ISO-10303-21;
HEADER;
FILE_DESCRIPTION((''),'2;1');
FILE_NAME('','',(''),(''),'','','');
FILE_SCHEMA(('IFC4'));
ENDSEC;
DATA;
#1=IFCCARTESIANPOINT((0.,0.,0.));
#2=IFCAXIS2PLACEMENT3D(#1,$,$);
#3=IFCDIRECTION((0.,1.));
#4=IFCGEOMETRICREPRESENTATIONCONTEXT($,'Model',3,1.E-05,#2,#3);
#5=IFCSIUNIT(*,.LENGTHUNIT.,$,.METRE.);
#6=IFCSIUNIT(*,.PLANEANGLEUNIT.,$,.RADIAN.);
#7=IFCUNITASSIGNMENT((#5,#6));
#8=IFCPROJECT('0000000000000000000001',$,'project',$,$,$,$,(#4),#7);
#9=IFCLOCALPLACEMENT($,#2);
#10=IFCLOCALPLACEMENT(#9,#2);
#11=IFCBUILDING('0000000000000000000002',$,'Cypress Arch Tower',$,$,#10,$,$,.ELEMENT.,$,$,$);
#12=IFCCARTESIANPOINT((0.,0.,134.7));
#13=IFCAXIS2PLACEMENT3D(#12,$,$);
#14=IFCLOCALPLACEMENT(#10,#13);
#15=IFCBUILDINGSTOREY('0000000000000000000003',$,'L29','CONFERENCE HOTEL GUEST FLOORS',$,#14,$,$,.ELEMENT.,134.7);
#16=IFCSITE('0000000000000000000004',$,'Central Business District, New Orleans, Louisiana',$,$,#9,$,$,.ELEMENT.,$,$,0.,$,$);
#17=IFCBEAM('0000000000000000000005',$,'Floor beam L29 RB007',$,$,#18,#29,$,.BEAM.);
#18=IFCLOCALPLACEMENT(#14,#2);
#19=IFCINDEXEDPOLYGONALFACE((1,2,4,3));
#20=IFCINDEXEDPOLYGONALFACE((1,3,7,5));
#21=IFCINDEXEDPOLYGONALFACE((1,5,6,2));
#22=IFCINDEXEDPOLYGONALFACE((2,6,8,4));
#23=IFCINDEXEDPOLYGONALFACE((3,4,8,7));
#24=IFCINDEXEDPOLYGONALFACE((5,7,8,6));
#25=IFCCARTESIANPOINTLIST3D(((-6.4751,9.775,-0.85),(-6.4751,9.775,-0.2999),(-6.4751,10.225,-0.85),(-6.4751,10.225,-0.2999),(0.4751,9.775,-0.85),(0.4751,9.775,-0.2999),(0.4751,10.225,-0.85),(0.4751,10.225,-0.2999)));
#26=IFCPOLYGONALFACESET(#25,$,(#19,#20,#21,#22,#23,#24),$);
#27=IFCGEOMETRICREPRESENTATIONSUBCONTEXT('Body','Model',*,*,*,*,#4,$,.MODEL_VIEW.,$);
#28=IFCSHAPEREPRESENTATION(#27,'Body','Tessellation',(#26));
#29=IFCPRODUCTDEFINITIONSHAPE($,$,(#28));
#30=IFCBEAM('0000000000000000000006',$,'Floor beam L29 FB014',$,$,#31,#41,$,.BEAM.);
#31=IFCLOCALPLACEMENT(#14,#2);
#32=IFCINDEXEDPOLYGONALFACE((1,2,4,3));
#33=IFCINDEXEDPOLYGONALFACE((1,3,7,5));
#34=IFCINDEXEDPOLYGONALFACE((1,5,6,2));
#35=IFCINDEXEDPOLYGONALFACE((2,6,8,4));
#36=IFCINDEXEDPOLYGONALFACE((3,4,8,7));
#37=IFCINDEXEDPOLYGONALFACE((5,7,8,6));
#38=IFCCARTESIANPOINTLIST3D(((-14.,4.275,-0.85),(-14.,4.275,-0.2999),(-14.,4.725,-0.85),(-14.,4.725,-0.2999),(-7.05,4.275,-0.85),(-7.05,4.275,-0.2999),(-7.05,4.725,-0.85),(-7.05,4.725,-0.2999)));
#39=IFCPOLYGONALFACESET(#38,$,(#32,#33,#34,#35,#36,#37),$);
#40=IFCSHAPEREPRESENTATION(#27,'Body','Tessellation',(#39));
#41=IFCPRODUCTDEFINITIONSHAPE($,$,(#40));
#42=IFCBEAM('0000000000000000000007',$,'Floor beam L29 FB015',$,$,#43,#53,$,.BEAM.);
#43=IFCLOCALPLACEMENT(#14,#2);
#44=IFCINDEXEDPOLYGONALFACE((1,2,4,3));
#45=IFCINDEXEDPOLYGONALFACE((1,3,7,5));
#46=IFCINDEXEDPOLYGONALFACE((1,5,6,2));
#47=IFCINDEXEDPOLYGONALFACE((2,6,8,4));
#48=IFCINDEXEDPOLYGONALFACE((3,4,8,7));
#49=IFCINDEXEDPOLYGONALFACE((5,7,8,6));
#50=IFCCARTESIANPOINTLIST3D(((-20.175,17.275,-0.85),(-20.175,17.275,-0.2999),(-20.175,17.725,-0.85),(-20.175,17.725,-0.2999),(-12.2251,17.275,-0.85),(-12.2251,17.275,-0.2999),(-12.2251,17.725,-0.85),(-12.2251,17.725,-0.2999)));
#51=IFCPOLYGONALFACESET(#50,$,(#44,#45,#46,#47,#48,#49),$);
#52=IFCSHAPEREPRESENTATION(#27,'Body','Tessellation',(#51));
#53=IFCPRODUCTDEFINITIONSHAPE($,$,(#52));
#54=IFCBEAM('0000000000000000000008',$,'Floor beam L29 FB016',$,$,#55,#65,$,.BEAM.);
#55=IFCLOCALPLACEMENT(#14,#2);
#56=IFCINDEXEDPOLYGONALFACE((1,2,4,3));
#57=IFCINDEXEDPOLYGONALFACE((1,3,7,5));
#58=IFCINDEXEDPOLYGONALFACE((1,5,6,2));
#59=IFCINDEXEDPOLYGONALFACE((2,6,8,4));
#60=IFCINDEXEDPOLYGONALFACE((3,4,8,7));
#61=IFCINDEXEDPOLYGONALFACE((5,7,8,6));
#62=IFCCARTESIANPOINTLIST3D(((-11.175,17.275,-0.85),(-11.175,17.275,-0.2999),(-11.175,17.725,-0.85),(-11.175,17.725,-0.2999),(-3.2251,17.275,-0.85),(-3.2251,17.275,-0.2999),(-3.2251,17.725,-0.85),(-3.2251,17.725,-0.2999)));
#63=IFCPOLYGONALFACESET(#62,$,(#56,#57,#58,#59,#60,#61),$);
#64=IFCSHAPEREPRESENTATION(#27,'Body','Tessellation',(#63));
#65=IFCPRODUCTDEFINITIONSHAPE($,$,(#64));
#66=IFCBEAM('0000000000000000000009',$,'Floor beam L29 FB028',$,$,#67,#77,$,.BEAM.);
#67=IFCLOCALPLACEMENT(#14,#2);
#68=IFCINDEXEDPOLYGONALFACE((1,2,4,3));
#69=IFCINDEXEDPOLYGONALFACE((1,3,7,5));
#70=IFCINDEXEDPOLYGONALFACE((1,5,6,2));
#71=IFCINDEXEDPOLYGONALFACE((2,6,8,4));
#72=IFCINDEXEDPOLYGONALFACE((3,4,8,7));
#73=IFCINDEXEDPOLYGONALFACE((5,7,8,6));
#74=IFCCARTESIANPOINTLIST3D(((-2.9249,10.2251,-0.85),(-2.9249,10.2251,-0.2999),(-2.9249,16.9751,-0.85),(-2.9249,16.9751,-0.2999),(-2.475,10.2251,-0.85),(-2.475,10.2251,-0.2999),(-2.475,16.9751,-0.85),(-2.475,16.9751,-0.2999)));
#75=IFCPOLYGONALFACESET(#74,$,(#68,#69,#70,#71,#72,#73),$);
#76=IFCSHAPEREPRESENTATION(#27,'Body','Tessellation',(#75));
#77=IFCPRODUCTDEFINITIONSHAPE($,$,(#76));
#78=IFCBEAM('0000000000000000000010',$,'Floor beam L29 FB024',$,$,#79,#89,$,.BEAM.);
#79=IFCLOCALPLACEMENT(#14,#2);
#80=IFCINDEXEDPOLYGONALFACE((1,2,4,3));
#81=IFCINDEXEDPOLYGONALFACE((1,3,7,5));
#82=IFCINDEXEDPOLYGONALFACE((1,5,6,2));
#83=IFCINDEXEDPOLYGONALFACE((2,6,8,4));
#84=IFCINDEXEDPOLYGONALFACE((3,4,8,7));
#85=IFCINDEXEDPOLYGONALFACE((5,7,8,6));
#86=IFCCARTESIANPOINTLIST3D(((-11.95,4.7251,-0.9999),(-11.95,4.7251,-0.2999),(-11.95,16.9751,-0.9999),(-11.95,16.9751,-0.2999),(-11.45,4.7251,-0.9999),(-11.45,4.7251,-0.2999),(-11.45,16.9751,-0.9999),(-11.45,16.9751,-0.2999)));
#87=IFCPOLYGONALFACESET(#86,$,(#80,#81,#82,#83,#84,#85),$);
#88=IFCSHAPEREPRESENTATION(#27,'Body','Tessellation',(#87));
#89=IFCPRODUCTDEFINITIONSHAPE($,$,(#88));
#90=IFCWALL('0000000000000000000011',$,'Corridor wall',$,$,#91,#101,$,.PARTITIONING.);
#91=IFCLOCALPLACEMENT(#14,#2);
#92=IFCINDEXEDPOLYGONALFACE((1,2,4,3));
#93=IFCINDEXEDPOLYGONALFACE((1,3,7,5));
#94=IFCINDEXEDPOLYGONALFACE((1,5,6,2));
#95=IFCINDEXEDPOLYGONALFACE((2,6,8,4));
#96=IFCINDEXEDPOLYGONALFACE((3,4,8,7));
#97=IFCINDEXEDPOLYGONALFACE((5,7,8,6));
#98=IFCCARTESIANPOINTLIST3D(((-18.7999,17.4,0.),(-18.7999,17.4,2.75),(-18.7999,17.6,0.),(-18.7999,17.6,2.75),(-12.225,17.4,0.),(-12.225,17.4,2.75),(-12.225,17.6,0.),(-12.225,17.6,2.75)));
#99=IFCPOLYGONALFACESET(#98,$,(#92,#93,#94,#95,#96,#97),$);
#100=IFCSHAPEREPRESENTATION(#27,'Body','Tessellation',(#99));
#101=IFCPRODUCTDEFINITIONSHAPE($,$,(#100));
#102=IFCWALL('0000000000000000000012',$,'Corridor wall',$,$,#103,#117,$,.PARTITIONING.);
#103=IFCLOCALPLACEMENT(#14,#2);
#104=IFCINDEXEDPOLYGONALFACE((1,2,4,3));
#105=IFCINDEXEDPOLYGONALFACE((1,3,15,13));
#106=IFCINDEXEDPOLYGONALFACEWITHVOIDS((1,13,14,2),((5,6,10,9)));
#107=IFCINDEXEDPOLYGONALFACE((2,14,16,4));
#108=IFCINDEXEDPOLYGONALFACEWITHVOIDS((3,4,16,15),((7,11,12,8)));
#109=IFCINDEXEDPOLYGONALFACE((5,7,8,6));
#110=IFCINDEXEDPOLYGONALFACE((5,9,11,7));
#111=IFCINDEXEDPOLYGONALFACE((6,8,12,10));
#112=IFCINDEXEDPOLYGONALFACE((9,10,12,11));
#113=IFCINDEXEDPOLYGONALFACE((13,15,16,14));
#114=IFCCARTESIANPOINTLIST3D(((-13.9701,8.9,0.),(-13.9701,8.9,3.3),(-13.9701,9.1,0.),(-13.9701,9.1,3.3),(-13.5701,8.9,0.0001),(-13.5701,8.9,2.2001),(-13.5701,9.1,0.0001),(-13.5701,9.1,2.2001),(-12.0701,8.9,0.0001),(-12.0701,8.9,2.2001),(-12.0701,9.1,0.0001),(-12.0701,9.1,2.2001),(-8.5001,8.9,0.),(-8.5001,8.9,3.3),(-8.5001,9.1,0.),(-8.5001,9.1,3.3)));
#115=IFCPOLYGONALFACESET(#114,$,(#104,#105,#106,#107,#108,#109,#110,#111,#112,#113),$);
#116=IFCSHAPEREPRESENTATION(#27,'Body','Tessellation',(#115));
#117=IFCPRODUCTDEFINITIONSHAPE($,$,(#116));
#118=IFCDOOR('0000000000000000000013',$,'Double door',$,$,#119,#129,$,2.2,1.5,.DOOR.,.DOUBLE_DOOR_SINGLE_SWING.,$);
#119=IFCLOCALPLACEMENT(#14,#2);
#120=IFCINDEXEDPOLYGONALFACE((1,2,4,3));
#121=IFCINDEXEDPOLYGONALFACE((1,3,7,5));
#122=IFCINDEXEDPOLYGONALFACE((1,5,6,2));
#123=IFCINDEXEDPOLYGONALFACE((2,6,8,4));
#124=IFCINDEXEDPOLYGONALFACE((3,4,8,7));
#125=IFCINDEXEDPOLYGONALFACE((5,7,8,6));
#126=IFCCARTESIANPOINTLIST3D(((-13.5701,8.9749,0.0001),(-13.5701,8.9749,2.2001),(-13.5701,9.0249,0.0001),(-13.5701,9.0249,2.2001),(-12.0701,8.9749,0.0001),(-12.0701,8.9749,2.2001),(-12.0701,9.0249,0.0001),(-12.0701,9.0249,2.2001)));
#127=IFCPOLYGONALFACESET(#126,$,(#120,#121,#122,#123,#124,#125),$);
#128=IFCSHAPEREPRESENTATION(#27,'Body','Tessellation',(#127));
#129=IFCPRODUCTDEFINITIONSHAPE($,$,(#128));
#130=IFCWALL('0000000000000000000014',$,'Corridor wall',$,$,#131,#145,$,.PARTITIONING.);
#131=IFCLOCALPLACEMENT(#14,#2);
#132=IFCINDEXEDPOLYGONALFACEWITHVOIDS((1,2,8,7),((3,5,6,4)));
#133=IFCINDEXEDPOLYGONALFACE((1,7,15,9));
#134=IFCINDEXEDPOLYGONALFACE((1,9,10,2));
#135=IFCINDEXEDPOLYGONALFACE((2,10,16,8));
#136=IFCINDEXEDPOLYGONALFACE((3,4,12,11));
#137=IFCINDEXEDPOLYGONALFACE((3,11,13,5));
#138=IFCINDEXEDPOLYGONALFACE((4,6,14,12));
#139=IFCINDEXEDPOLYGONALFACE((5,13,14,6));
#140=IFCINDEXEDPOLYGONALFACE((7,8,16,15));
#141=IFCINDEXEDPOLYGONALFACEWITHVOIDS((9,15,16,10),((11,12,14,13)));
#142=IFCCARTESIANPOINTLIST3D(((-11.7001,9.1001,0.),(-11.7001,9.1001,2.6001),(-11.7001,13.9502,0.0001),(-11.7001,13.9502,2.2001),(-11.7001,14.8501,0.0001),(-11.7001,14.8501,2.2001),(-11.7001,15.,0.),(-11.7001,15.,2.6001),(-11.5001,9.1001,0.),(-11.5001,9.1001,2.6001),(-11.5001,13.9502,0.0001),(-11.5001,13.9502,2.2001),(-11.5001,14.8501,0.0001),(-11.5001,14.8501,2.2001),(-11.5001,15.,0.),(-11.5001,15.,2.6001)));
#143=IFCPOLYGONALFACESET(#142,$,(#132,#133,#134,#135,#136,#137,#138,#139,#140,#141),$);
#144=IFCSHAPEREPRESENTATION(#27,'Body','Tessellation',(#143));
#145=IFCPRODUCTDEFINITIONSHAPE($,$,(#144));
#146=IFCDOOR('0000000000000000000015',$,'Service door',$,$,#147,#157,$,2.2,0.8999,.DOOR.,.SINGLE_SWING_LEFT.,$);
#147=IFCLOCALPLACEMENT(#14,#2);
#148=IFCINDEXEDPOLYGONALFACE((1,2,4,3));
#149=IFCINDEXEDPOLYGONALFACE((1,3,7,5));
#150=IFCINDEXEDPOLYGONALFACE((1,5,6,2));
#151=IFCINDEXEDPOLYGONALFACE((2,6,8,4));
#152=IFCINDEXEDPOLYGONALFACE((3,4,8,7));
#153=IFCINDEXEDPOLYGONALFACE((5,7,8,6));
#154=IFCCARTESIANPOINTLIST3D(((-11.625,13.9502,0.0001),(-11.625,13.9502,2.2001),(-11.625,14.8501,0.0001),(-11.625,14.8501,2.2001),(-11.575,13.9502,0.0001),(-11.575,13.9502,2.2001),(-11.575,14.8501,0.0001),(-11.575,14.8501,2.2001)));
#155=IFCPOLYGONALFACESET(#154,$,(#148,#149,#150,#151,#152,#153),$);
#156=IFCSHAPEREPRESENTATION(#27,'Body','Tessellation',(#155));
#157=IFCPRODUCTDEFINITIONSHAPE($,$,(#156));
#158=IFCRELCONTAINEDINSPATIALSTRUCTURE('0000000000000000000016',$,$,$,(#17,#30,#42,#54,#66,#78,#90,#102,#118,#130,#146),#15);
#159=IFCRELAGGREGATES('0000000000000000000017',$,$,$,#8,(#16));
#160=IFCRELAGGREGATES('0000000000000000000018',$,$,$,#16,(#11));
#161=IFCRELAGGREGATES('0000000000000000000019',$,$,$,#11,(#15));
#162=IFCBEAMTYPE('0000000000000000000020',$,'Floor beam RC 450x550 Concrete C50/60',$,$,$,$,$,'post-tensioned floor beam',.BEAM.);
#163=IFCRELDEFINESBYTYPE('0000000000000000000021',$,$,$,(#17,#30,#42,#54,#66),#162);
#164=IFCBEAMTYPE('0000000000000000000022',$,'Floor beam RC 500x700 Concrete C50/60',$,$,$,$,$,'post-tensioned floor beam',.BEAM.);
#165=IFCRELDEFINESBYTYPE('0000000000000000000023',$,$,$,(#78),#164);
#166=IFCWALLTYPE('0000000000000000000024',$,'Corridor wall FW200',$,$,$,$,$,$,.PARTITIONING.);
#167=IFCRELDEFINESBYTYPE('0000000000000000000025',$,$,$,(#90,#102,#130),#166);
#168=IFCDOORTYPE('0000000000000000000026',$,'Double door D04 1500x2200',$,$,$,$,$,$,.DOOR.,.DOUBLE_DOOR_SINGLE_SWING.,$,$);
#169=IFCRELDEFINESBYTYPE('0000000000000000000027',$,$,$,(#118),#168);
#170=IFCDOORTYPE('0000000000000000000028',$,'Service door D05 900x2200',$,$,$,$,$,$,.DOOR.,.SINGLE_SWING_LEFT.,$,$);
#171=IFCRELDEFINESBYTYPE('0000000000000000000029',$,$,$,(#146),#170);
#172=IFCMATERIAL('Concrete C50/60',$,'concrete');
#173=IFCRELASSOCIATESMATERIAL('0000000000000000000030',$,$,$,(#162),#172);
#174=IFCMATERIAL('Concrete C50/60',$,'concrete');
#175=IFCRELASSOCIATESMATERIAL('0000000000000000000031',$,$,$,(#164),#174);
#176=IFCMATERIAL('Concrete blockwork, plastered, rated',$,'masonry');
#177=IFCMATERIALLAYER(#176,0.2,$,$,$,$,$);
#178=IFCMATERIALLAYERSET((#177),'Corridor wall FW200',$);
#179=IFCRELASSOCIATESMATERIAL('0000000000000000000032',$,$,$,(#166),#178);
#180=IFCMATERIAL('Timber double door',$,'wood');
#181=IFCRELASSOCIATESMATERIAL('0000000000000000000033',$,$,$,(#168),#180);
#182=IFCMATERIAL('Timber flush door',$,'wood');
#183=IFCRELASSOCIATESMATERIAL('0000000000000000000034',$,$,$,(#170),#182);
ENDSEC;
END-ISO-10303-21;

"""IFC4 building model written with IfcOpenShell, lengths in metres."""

from ifc_helpers import new_model, si_unit, direction, frame, frame_2d, origin, origin_2d, place, context, subcontext, project, spatial, rectangle, extrude, material, layer, layer_set, material_profile, profile_set, type_object, element, fill, save


model = new_model("IFC4")

# Units and contexts
model_context = context("Model", 3, precision=1e-05, world=origin(), true_north=direction((0.0, 1.0)))
body_context = subcontext(model_context, "Body", "Model", "MODEL_VIEW")
ifc_project = project(units=[si_unit("LENGTHUNIT", "METRE"), si_unit("PLANEANGLEUNIT", "RADIAN")], contexts=[model_context])

# Site, building, storey
site_placement = place(None, origin())
site = spatial("IfcSite", under=ifc_project, at=site_placement, Name="Central Business District, New Orleans, Louisiana", CompositionType="ELEMENT", RefElevation=0.0)
building_placement = place(site_placement, origin())
building = spatial("IfcBuilding", under=site, at=building_placement, Name="Cypress Arch Tower", CompositionType="ELEMENT")
storey_placement = place(building_placement, frame((0.0, 0.0, 134.7)))
storey = spatial("IfcBuildingStorey", under=building, at=storey_placement, Name="L29", Description="CONFERENCE HOTEL GUEST FLOORS", CompositionType="ELEMENT", Elevation=134.7)

# Beams
ifc_material_1 = material(Name="Concrete C50/60", Category="concrete")
ifc_material_profile_1 = material_profile(ifc_material_1, rectangle(XDim=0.45, YDim=0.55, at=origin_2d()), Name="RC 450x550")
ifc_profile_set_1 = profile_set([ifc_material_profile_1], Name="Concrete C50/60")
beam_type_1 = type_object("IfcBeamType", Name="Floor beam RC 450x550 Concrete C50/60", ElementType="post-tensioned floor beam", PredefinedType="BEAM", material=ifc_profile_set_1)
beam_1_placement = place(storey_placement, frame((-6.4751, 10.0, -0.575), z_axis=(1.0, 0.0, 0.0), x_axis=(0.0, 1.0, 0.0)))
element("IfcBeam", 1, at=beam_1_placement, inside=storey, type_object=beam_type_1, Name="Floor beam L29 RB007", PredefinedType="BEAM", context=body_context, shape_type="SweptSolid", body=[
    extrude(rectangle(XDim=0.45, YDim=0.55, at=origin_2d()), origin(), (0.0, 0.0, 1.0), 6.9502),
])
beam_2_placement = place(storey_placement, frame((-14.0, 4.5, -0.575), z_axis=(1.0, 0.0, 0.0), x_axis=(0.0, 1.0, 0.0)))
element("IfcBeam", 2, at=beam_2_placement, inside=storey, type_object=beam_type_1, Name="Floor beam L29 FB014", PredefinedType="BEAM", context=body_context, shape_type="SweptSolid", body=[
    extrude(rectangle(XDim=0.45, YDim=0.55, at=origin_2d()), origin(), (0.0, 0.0, 1.0), 6.95),
])
for number, where, z_axis, x_axis, name in (
    (3, (-20.175, 17.5, -0.575), (1.0, 0.0, 0.0), (0.0, 1.0, 0.0), "Floor beam L29 FB015"),
    (4, (-11.175, 17.5, -0.575), (1.0, 0.0, 0.0), (0.0, 1.0, 0.0), "Floor beam L29 FB016"),
):
    element("IfcBeam", number, at=place(storey_placement, frame(where, z_axis=z_axis, x_axis=x_axis)), inside=storey, type_object=beam_type_1, Name=name, PredefinedType="BEAM", context=body_context, shape_type="SweptSolid", body=[
        extrude(rectangle(XDim=0.45, YDim=0.55, at=origin_2d()), origin(), (0.0, 0.0, 1.0), 7.95),
    ])
beam_3_placement = place(storey_placement, frame((-2.7, 10.2251, -0.575), z_axis=(0.0, 1.0, 0.0), x_axis=(-1.0, 0.0, 0.0)))
element("IfcBeam", 5, at=beam_3_placement, inside=storey, type_object=beam_type_1, Name="Floor beam L29 FB028", PredefinedType="BEAM", context=body_context, shape_type="SweptSolid", body=[
    extrude(rectangle(XDim=0.45, YDim=0.55, at=origin_2d()), origin(), (0.0, 0.0, 1.0), 6.75),
])
ifc_material_2 = material(Name="Concrete C50/60", Category="concrete")
ifc_material_profile_2 = material_profile(ifc_material_2, rectangle(XDim=0.5, YDim=0.7, at=origin_2d()), Name="RC 500x700")
ifc_profile_set_2 = profile_set([ifc_material_profile_2], Name="Concrete C50/60")
beam_type_2 = type_object("IfcBeamType", Name="Floor beam RC 500x700 Concrete C50/60", ElementType="post-tensioned floor beam", PredefinedType="BEAM", material=ifc_profile_set_2)
beam_4_placement = place(storey_placement, frame((-11.7, 4.7251, -0.6499), z_axis=(0.0, 1.0, 0.0), x_axis=(-1.0, 0.0, 0.0)))
element("IfcBeam", 6, at=beam_4_placement, inside=storey, type_object=beam_type_2, Name="Floor beam L29 FB024", PredefinedType="BEAM", context=body_context, shape_type="SweptSolid", body=[
    extrude(rectangle(XDim=0.5, YDim=0.7, at=origin_2d()), origin(), (0.0, 0.0, 1.0), 12.25),
])

# Wall
ifc_material_3 = material(Name="Concrete blockwork, plastered, rated", Category="masonry")
ifc_layer_1 = layer(ifc_material_3, 0.2)
ifc_layer_set_1 = layer_set([ifc_layer_1], Name="Corridor wall FW200")
wall_type_1 = type_object("IfcWallType", Name="Corridor wall FW200", PredefinedType="PARTITIONING", material=ifc_layer_set_1)
wall_1_placement = place(storey_placement, frame((-18.8, 17.5, 0.0), z_axis=(0.0, 0.0, 1.0), x_axis=(1.0, 0.0, 0.0)))
element("IfcWall", 7, at=wall_1_placement, inside=storey, type_object=wall_type_1, Name="Corridor wall", PredefinedType="PARTITIONING", context=body_context, shape_type="SweptSolid", body=[
    extrude(rectangle(XDim=6.575, YDim=0.2, at=frame_2d((3.2876, 0.0))), origin(), (0.0, 0.0, 1.0), 2.75),
])

# Walls, openings, doors
wall_2_placement = place(storey_placement, frame((-13.97, 9.0, 0.0), z_axis=(0.0, 0.0, 1.0), x_axis=(1.0, 0.0, 0.0)))
wall_2 = element("IfcWall", 8, at=wall_2_placement, inside=storey, type_object=wall_type_1, Name="Corridor wall", PredefinedType="PARTITIONING", context=body_context, shape_type="SweptSolid", body=[
    extrude(rectangle(XDim=5.47, YDim=0.2, at=frame_2d((2.7349, 0.0))), origin(), (0.0, 0.0, 1.0), 3.3),
])
opening_1_placement = place(wall_2_placement, frame((0.3999, 0.0, 0.0)))
opening_1 = element("IfcOpeningElement", 9, at=opening_1_placement, cuts=wall_2, PredefinedType="OPENING", context=body_context, shape_type="SweptSolid", body=[
    extrude(rectangle(XDim=1.5, YDim=2.2, at=frame_2d((0.75, 1.1001))), frame((0.0, 0.1099, 0.0), z_axis=(0.0, -1.0, 0.0), x_axis=(1.0, 0.0, 0.0)), (0.0, 0.0, 1.0), 0.22),
])
ifc_material_4 = material(Name="Timber double door", Category="wood")
door_type_1 = type_object("IfcDoorType", Name="Double door D04 1500x2200", OperationType="DOUBLE_DOOR_SINGLE_SWING", PredefinedType="DOOR", material=ifc_material_4)
door_1_placement = place(opening_1_placement, origin())
door_1 = element("IfcDoor", 10, at=door_1_placement, inside=storey, type_object=door_type_1, Name="Double door", OperationType="DOUBLE_DOOR_SINGLE_SWING", OverallHeight=2.2, OverallWidth=1.5, PredefinedType="DOOR", context=body_context, shape_type="SweptSolid", body=[
    extrude(rectangle(XDim=1.5, YDim=2.2, at=frame_2d((0.75, 1.1001))), frame((0.0, 0.0249, 0.0), z_axis=(0.0, -1.0, 0.0), x_axis=(1.0, 0.0, 0.0)), (0.0, 0.0, 1.0), 0.05),
])
fill(opening_1, door_1)
wall_3_placement = place(storey_placement, frame((-11.6001, 9.1001, 0.0), z_axis=(0.0, 0.0, 1.0), x_axis=(0.0, 1.0, 0.0)))
wall_3 = element("IfcWall", 11, at=wall_3_placement, inside=storey, type_object=wall_type_1, Name="Corridor wall", PredefinedType="PARTITIONING", context=body_context, shape_type="SweptSolid", body=[
    extrude(rectangle(XDim=5.8999, YDim=0.2, at=frame_2d((2.95, 0.0))), origin(), (0.0, 0.0, 1.0), 2.6001),
])
opening_2_placement = place(wall_3_placement, frame((4.8501, 0.0, 0.0)))
opening_2 = element("IfcOpeningElement", 12, at=opening_2_placement, cuts=wall_3, PredefinedType="OPENING", context=body_context, shape_type="SweptSolid", body=[
    extrude(rectangle(XDim=0.8999, YDim=2.2, at=frame_2d((0.45, 1.1001))), frame((0.0, 0.1099, 0.0), z_axis=(0.0, -1.0, 0.0), x_axis=(1.0, 0.0, 0.0)), (0.0, 0.0, 1.0), 0.22),
])
ifc_material_5 = material(Name="Timber flush door", Category="wood")
door_type_2 = type_object("IfcDoorType", Name="Service door D05 900x2200", OperationType="SINGLE_SWING_LEFT", PredefinedType="DOOR", material=ifc_material_5)
door_2_placement = place(opening_2_placement, origin())
door_2 = element("IfcDoor", 13, at=door_2_placement, inside=storey, type_object=door_type_2, Name="Service door", OperationType="SINGLE_SWING_LEFT", OverallHeight=2.2, OverallWidth=0.8999, PredefinedType="DOOR", context=body_context, shape_type="SweptSolid", body=[
    extrude(rectangle(XDim=0.8999, YDim=2.2, at=frame_2d((0.45, 1.1001))), frame((0.0, 0.0249, 0.0), z_axis=(0.0, -1.0, 0.0), x_axis=(1.0, 0.0, 0.0)), (0.0, 0.0, 1.0), 0.05),
])
fill(opening_2, door_2)

save(model, "model.ifc")
